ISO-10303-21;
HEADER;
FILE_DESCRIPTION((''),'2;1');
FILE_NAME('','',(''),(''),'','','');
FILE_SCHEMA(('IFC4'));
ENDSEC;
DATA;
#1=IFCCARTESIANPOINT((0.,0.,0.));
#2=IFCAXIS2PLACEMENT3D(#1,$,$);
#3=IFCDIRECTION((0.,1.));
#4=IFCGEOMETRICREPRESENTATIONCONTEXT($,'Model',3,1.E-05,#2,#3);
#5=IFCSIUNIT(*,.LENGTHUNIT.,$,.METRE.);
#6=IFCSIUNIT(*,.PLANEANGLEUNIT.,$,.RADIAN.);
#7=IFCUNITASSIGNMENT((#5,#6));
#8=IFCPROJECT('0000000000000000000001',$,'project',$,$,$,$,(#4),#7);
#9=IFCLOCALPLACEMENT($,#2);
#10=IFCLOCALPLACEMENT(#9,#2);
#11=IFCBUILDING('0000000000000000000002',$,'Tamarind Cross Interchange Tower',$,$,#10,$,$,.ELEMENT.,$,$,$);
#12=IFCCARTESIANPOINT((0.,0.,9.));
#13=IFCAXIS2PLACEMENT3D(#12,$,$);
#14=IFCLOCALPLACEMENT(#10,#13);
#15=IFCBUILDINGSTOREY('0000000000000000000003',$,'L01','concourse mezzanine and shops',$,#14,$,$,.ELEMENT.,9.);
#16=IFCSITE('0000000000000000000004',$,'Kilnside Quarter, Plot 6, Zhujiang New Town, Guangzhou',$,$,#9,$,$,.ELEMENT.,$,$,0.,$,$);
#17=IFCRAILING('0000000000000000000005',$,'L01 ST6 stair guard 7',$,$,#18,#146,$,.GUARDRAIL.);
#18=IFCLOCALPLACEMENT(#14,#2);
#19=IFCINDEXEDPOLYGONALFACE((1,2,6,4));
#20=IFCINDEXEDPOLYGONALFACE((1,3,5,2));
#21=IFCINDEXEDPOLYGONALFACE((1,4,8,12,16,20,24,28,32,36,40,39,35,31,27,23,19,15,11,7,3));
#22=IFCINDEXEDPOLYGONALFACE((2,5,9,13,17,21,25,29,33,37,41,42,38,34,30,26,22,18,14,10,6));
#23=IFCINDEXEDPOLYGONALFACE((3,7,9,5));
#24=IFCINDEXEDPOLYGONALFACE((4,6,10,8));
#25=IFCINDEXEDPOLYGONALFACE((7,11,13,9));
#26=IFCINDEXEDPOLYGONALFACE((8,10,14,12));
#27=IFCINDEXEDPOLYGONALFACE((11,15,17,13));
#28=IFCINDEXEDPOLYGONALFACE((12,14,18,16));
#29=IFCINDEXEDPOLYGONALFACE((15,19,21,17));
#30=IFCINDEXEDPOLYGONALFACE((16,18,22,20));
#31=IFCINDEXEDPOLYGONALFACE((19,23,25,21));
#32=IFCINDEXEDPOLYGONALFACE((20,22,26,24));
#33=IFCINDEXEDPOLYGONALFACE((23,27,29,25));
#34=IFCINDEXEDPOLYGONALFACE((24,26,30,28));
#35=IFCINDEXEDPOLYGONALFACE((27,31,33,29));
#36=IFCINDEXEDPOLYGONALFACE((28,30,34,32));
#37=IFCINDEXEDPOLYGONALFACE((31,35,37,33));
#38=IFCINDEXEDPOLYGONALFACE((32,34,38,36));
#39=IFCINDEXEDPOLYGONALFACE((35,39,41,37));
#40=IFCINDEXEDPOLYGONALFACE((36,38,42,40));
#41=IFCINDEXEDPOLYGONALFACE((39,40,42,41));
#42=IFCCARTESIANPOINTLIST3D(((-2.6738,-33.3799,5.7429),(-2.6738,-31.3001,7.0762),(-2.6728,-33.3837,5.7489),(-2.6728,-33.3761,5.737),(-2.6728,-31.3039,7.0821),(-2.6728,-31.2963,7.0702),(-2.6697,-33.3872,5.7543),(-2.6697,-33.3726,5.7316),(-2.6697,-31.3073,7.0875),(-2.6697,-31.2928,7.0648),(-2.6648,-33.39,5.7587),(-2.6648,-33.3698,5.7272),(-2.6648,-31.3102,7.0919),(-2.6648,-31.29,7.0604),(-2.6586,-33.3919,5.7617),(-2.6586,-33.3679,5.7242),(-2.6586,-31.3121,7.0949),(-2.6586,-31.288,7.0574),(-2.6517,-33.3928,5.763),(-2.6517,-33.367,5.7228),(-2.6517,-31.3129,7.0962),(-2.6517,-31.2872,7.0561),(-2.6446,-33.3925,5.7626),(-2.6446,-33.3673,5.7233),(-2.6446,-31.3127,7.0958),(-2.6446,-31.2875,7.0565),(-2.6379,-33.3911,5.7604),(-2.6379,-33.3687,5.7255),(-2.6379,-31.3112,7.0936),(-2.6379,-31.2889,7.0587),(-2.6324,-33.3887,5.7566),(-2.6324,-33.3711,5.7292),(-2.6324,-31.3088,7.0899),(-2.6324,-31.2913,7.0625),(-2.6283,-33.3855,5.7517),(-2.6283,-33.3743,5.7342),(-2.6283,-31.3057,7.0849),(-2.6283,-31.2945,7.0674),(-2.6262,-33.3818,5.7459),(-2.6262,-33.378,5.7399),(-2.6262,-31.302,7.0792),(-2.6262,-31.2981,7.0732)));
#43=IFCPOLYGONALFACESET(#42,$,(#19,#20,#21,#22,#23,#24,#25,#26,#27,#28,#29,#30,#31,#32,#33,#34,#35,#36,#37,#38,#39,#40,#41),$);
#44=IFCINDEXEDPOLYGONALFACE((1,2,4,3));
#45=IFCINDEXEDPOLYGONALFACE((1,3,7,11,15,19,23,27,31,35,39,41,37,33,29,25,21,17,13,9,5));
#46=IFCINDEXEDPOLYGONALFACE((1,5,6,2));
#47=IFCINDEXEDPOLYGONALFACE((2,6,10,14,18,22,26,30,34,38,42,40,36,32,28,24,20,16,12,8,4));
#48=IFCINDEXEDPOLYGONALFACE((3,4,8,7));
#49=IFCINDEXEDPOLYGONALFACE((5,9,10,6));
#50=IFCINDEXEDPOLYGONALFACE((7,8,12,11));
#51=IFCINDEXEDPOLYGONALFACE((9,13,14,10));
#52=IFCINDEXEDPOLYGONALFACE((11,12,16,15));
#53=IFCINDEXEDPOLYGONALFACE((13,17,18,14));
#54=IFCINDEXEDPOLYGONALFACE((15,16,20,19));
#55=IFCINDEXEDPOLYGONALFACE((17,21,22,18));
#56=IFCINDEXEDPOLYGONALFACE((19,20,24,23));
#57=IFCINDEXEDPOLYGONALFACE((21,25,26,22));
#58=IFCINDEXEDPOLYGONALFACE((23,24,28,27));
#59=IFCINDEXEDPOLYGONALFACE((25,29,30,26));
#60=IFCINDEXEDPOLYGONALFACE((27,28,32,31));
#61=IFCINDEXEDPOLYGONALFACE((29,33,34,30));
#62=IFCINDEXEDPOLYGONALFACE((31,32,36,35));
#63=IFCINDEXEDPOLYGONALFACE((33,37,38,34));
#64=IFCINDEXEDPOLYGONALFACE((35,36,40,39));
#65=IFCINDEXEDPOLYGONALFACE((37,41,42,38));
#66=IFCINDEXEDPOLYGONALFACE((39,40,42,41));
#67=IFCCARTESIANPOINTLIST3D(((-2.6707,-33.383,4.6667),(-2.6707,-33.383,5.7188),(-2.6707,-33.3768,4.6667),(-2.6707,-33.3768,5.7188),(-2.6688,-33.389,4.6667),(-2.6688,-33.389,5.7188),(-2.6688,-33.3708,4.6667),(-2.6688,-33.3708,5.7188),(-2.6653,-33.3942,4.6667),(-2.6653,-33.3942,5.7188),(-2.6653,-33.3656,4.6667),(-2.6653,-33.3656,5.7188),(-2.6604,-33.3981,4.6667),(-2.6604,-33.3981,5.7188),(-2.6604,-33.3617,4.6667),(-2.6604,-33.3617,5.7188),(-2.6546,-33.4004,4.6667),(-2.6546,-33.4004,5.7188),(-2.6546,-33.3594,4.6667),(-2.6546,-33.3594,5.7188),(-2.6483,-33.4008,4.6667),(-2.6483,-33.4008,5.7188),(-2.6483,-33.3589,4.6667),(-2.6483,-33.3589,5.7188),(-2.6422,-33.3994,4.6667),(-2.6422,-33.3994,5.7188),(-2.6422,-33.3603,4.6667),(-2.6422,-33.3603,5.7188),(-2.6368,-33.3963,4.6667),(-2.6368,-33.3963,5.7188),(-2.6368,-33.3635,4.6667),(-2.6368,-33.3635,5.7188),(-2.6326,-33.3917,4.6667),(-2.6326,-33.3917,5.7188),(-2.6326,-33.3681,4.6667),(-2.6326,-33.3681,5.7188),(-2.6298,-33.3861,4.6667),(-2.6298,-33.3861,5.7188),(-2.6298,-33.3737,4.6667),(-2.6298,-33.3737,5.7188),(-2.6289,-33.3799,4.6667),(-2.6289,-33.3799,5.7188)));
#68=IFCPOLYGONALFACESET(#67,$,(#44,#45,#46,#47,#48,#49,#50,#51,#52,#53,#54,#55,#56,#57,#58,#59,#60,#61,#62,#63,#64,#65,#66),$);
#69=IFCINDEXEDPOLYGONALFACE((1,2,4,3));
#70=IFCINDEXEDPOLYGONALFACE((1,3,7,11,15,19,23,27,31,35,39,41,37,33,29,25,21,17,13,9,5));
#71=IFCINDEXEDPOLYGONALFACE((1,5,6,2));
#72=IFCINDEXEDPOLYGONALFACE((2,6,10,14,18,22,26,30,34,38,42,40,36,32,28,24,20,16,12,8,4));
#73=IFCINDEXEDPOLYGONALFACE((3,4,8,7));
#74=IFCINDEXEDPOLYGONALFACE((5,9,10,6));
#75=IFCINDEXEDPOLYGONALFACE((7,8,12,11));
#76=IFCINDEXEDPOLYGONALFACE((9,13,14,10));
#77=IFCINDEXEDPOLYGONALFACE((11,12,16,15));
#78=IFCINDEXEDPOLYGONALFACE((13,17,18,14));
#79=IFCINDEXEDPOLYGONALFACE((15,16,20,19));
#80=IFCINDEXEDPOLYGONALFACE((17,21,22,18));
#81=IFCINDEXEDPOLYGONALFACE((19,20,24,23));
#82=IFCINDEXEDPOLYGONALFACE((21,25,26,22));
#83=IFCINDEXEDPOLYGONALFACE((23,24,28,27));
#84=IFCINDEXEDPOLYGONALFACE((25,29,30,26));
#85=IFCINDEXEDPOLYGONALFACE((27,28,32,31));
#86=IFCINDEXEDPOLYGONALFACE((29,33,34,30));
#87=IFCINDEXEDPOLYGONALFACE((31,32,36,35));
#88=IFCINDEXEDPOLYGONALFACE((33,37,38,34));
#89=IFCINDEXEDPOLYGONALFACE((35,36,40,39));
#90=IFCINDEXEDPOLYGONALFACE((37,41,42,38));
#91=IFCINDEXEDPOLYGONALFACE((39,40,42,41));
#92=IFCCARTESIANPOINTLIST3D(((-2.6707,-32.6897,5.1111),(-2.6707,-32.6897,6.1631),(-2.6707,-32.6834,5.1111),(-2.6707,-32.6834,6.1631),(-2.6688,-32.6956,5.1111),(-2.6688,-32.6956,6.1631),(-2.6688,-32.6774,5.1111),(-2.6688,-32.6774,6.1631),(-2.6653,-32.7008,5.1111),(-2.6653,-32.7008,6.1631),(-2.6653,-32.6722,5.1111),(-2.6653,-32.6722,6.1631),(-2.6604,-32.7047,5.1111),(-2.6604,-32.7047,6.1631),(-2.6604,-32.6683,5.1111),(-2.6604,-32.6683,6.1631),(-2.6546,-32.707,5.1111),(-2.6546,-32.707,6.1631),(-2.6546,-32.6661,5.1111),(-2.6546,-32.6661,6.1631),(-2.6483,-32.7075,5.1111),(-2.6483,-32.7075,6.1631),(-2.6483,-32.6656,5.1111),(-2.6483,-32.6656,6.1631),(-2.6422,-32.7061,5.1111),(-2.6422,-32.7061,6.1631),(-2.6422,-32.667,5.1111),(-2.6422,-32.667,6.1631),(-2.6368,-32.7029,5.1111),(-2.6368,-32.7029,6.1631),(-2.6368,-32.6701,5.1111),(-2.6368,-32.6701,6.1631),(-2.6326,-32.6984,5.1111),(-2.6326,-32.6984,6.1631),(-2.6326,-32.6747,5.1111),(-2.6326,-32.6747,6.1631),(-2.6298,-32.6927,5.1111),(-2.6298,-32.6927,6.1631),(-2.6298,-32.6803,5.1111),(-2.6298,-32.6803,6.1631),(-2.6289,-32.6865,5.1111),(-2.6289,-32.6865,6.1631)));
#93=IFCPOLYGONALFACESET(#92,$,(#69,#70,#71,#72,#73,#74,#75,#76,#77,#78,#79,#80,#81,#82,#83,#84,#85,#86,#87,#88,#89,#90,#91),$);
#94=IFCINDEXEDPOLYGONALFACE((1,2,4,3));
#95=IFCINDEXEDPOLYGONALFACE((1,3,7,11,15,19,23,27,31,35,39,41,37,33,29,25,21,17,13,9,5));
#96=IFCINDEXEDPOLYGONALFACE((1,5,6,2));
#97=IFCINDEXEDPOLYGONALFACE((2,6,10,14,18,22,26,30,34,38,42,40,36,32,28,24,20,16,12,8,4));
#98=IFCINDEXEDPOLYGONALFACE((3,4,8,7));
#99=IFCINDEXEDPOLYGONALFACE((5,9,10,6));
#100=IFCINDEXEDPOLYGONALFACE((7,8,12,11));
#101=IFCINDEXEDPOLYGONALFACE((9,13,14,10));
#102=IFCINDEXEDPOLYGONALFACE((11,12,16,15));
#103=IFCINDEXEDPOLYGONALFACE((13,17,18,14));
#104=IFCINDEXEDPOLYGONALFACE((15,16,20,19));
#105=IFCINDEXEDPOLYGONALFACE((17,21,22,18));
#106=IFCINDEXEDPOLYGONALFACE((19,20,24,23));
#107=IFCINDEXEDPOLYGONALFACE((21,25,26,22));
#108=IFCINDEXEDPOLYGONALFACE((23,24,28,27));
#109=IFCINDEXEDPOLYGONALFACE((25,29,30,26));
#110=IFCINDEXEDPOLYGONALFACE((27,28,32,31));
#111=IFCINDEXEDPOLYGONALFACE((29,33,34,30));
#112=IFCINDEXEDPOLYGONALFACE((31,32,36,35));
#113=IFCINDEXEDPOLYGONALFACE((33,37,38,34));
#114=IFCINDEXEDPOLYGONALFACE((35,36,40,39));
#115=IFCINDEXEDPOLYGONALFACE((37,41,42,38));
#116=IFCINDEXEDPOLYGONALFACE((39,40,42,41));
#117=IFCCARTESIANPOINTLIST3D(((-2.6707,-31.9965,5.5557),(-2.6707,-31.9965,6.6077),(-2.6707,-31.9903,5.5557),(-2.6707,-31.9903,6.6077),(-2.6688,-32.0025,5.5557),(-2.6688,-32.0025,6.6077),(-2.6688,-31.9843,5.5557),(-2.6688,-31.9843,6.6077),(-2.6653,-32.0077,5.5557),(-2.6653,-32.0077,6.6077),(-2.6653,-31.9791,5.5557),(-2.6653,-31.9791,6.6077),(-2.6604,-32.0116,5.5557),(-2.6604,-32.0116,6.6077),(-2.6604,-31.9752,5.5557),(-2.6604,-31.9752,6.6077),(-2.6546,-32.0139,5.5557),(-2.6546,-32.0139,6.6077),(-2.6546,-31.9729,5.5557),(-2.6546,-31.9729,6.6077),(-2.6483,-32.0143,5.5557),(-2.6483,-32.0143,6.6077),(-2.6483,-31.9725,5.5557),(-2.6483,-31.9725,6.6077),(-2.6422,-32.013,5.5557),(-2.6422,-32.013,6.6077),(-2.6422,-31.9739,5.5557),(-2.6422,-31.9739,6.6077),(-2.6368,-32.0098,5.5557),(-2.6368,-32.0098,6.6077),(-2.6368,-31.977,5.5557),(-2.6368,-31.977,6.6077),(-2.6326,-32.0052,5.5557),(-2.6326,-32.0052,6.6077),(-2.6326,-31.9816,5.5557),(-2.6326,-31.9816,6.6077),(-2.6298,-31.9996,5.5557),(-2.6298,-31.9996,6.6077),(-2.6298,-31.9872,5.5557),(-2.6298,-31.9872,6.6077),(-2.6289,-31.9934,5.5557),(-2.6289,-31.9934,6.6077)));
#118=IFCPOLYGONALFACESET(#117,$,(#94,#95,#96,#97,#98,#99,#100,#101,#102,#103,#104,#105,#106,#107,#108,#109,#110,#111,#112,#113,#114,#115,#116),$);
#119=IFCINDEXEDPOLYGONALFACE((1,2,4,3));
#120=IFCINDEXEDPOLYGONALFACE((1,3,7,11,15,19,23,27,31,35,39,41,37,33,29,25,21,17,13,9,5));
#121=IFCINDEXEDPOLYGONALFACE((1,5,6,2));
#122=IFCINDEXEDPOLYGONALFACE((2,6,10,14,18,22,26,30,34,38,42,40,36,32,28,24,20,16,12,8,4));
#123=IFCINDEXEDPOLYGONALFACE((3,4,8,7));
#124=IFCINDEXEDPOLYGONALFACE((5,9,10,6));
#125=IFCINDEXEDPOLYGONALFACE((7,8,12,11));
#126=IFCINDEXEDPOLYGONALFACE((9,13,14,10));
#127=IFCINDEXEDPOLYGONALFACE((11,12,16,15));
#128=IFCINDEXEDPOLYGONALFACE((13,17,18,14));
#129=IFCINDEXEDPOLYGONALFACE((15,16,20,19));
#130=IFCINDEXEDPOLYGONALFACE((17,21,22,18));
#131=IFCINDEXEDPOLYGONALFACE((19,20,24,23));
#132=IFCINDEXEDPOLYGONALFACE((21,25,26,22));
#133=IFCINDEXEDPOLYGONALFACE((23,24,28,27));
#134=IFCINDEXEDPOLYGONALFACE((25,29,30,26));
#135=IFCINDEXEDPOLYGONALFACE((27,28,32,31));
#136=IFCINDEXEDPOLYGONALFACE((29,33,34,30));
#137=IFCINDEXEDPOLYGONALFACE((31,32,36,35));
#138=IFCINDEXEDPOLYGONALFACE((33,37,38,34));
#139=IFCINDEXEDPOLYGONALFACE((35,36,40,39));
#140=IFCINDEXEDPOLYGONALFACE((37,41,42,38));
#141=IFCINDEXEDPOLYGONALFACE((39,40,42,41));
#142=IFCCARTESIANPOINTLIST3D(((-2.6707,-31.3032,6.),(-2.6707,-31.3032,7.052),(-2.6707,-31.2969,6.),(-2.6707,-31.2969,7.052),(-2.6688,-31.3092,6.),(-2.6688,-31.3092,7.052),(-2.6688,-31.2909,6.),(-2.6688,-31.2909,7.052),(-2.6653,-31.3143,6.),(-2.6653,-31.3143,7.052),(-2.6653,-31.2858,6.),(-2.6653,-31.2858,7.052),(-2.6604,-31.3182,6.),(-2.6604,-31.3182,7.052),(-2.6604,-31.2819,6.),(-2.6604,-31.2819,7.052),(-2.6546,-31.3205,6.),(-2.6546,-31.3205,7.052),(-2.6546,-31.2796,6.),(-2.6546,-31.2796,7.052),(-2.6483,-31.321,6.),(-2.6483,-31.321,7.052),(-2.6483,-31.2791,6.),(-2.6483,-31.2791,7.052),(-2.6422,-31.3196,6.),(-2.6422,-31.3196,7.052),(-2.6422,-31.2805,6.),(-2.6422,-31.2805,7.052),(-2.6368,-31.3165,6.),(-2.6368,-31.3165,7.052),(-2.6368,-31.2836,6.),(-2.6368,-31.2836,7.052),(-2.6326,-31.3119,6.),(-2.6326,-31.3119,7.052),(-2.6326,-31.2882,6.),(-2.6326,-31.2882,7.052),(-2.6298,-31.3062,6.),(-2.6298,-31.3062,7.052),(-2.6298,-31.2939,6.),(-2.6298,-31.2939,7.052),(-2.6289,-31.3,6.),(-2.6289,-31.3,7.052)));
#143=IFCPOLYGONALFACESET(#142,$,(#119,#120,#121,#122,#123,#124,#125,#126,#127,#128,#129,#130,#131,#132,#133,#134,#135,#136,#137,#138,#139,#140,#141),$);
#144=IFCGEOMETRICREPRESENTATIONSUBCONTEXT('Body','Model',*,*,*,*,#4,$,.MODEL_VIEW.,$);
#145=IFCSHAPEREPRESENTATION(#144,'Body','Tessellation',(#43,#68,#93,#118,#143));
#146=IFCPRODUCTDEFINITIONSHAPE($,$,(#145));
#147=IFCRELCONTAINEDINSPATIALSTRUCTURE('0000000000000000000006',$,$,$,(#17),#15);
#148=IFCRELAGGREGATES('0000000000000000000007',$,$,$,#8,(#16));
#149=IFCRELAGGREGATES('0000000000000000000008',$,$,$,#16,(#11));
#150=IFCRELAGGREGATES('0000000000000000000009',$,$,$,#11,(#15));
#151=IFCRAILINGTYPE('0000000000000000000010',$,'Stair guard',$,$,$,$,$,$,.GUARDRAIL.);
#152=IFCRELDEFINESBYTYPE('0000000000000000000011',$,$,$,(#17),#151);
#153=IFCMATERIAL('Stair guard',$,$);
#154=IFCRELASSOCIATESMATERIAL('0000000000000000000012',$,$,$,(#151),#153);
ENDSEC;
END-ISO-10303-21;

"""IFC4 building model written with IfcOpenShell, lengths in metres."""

from ifc_helpers import new_model, si_unit, direction, frame, origin, origin_2d, place, context, subcontext, project, spatial, circle, extrude, material, type_object, element, save


model = new_model("IFC4")

# Units and contexts
model_context = context("Model", 3, precision=1e-05, world=origin(), true_north=direction((0.0, 1.0)))
body_context = subcontext(model_context, "Body", "Model", "MODEL_VIEW")
ifc_project = project(units=[si_unit("LENGTHUNIT", "METRE"), si_unit("PLANEANGLEUNIT", "RADIAN")], contexts=[model_context])

# Site, building, storey
site_placement = place(None, origin())
site = spatial("IfcSite", under=ifc_project, at=site_placement, Name="Kilnside Quarter, Plot 6, Zhujiang New Town, Guangzhou", CompositionType="ELEMENT", RefElevation=0.0)
building_placement = place(site_placement, origin())
building = spatial("IfcBuilding", under=site, at=building_placement, Name="Tamarind Cross Interchange Tower", CompositionType="ELEMENT")
storey_placement = place(building_placement, frame((0.0, 0.0, 9.0)))
storey = spatial("IfcBuildingStorey", under=building, at=storey_placement, Name="L01", Description="concourse mezzanine and shops", CompositionType="ELEMENT", Elevation=9.0)

# Railing
ifc_material_1 = material(Name="Stair guard")
railing_type_1 = type_object("IfcRailingType", Name="Stair guard", PredefinedType="GUARDRAIL", material=ifc_material_1)
railing_1_placement = place(storey_placement, frame((-2.6499, -33.3799, 4.6667)))
element("IfcRailing", 1, at=railing_1_placement, inside=storey, type_object=railing_type_1, Name="L01 ST6 stair guard 7", PredefinedType="GUARDRAIL", context=body_context, shape_type="SweptSolid", body=[
    extrude(circle(Radius=0.0239, at=origin_2d()), frame((0.0, 0.0, 1.0762), z_axis=(0.0, 0.841875, 0.539673), x_axis=(-1.0, 0.0, 0.0)), (0.0, 0.0, 1.0), 2.4705),
    extrude(circle(Radius=0.021, at=origin_2d()), origin(), (0.0, 0.0, 1.0), 1.052),
    extrude(circle(Radius=0.021, at=origin_2d()), frame((0.0, 0.6934, 0.4443)), (0.0, 0.0, 1.0), 1.052),
    extrude(circle(Radius=0.021, at=origin_2d()), frame((0.0, 1.3865, 0.8889)), (0.0, 0.0, 1.0), 1.052),
    extrude(circle(Radius=0.021, at=origin_2d()), frame((0.0, 2.0798, 1.3333)), (0.0, 0.0, 1.0), 1.052),
])

save(model, "model.ifc")
